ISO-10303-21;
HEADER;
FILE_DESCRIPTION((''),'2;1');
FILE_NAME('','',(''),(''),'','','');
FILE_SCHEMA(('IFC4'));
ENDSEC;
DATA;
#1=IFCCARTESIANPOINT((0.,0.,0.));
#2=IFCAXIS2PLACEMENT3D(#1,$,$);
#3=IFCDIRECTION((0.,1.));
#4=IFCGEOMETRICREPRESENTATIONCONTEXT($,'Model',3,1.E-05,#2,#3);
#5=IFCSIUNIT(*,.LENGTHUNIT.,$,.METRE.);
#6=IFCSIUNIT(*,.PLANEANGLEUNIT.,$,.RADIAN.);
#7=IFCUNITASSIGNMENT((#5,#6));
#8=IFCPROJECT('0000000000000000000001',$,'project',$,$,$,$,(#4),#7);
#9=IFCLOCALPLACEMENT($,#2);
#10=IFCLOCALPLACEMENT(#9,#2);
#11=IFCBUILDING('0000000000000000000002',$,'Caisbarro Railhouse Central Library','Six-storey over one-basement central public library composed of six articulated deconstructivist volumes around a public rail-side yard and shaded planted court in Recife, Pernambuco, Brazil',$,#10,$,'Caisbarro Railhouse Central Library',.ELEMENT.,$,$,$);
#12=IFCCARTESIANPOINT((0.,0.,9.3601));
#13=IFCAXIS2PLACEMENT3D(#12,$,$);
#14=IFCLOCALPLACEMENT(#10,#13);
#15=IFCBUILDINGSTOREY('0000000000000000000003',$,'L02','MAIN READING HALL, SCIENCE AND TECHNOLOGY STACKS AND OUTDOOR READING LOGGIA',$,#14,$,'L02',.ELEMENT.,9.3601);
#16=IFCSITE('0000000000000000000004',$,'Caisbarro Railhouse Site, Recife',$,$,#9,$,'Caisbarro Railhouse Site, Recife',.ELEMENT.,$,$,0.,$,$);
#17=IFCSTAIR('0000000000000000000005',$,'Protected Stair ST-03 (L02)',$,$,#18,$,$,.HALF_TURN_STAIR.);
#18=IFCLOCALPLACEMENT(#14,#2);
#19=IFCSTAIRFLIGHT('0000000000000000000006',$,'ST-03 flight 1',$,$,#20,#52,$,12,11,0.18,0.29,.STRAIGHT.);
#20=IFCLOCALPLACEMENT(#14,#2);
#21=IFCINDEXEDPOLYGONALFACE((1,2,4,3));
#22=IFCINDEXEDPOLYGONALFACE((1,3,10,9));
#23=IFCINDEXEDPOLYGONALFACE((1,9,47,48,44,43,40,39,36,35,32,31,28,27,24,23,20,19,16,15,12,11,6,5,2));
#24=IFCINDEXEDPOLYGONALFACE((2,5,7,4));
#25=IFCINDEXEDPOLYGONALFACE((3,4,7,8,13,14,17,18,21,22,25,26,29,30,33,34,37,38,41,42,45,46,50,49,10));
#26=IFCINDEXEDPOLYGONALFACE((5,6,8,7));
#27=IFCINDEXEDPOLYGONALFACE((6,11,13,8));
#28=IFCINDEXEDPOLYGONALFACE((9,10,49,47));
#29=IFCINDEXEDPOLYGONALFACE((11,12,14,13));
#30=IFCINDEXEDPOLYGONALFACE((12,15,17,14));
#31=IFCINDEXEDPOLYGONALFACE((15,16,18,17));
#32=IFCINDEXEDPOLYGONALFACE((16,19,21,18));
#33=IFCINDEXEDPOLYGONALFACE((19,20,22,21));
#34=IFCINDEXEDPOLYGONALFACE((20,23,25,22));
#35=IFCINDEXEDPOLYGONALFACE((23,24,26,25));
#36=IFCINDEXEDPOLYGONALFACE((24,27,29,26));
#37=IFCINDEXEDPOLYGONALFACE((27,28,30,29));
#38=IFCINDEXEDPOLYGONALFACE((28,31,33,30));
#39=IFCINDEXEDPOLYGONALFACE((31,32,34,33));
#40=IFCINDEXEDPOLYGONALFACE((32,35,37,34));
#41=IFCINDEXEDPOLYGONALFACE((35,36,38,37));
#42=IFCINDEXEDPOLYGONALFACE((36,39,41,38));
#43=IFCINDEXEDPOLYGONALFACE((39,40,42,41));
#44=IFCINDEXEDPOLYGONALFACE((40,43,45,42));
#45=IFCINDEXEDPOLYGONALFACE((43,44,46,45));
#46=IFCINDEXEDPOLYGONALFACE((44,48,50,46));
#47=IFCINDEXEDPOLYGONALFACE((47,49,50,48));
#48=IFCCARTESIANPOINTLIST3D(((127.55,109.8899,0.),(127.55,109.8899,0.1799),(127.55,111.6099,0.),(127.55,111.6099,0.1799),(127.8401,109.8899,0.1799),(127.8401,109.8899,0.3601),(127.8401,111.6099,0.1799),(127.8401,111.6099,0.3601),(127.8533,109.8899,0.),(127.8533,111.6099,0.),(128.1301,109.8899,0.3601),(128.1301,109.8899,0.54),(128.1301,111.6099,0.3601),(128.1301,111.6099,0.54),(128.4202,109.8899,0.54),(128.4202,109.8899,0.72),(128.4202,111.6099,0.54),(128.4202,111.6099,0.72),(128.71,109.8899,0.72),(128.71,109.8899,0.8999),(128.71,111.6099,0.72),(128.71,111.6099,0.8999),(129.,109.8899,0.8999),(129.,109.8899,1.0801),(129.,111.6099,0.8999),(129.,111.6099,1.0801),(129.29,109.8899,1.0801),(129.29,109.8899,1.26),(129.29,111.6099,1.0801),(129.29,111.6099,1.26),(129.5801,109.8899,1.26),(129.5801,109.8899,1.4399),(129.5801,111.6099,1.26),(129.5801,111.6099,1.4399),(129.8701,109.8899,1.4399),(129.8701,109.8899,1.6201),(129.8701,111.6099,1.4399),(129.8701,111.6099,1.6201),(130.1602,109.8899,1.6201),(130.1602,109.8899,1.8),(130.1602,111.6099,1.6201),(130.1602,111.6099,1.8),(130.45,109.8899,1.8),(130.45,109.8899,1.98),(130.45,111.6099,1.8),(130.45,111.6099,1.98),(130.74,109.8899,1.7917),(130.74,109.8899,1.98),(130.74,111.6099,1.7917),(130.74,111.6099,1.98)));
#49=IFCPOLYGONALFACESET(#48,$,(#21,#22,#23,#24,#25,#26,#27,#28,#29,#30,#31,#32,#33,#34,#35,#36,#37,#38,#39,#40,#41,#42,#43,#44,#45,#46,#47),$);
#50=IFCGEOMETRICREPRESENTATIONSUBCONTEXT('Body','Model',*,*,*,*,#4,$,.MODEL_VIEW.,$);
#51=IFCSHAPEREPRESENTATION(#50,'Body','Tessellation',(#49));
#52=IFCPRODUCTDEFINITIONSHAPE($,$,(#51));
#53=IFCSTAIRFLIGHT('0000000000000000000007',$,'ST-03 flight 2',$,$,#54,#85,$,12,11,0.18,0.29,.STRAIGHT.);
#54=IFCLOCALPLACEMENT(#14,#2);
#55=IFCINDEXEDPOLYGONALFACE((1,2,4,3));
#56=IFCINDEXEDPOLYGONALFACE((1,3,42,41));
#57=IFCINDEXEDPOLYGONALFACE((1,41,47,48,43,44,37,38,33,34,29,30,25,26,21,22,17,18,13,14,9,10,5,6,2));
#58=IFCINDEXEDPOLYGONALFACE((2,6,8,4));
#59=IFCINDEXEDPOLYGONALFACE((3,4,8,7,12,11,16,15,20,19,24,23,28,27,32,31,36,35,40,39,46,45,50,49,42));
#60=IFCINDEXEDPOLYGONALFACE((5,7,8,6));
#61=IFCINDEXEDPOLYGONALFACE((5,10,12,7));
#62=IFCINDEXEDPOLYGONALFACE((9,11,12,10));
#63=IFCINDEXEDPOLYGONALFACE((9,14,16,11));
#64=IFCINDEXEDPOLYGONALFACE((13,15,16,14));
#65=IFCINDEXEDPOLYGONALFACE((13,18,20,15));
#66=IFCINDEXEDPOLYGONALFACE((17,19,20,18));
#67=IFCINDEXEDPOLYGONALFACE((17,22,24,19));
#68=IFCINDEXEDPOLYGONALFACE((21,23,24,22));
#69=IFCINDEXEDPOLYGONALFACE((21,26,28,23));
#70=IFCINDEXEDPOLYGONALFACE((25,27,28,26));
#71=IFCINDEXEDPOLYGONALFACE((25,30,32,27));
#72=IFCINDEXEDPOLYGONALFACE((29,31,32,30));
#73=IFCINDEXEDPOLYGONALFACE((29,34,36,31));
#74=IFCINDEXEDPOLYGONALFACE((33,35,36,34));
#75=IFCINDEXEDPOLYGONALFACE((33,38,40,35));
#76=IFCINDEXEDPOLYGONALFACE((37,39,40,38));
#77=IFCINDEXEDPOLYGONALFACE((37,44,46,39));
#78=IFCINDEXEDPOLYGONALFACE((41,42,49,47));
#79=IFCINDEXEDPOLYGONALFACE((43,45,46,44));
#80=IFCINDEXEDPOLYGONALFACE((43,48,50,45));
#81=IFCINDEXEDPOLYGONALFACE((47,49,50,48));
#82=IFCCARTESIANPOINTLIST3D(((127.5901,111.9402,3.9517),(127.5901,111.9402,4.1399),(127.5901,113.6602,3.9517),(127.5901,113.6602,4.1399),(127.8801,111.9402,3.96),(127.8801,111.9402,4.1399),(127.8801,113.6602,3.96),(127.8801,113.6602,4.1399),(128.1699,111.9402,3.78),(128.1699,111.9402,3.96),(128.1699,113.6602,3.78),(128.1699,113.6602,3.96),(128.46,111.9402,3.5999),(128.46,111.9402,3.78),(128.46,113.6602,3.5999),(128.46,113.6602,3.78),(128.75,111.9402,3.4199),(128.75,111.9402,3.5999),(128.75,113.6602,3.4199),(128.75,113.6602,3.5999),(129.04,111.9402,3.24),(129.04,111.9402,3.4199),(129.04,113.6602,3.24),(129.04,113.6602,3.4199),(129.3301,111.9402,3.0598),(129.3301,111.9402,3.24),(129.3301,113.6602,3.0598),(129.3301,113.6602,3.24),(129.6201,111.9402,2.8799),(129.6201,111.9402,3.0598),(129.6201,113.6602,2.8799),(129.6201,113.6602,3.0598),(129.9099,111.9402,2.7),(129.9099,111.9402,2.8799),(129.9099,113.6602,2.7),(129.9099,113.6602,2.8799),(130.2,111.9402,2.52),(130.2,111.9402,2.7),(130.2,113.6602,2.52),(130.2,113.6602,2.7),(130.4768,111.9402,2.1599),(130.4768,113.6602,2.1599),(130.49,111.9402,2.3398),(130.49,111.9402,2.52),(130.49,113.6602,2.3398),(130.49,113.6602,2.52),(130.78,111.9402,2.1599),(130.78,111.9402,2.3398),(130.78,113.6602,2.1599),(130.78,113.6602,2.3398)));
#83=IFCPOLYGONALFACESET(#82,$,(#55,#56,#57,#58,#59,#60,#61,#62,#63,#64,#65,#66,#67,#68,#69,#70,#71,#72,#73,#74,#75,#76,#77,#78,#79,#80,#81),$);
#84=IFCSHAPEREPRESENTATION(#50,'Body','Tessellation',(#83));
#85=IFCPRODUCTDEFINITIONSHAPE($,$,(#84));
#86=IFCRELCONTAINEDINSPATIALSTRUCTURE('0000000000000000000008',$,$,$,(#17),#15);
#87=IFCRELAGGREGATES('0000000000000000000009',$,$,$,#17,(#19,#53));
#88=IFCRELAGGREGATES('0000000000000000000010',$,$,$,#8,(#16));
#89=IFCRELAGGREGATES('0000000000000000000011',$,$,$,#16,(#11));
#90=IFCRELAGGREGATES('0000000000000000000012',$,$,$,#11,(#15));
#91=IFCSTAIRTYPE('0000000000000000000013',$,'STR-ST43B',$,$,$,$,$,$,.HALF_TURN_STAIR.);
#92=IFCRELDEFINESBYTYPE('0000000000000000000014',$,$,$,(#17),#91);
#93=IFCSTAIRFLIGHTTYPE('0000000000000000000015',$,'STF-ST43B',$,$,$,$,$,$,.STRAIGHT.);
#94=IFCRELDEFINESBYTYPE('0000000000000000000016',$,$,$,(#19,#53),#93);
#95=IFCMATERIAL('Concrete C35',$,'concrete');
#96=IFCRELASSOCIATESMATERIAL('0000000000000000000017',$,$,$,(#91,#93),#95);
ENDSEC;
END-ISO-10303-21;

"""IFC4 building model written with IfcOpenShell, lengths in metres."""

from ifc_helpers import new_model, si_unit, direction, frame, origin, place, context, subcontext, project, spatial, polyline, outline, extrude, material, type_object, element, aggregate, save


model = new_model("IFC4")

# Units and contexts
model_context = context("Model", 3, precision=1e-05, world=origin(), true_north=direction((0.0, 1.0)))
body_context = subcontext(model_context, "Body", "Model", "MODEL_VIEW")
ifc_project = project(units=[si_unit("LENGTHUNIT", "METRE"), si_unit("PLANEANGLEUNIT", "RADIAN")], contexts=[model_context])

# Site, building, storey
site_placement = place(None, origin())
site = spatial("IfcSite", under=ifc_project, at=site_placement, Name="Caisbarro Railhouse Site, Recife", LongName="Caisbarro Railhouse Site, Recife", CompositionType="ELEMENT", RefElevation=0.0)
building_placement = place(site_placement, origin())
building = spatial("IfcBuilding", under=site, at=building_placement, Name="Caisbarro Railhouse Central Library", Description="Six-storey over one-basement central public library composed of six articulated deconstructivist volumes around a public rail-side yard and shaded planted court in Recife, Pernambuco, Brazil", LongName="Caisbarro Railhouse Central Library", CompositionType="ELEMENT")
storey_placement = place(building_placement, frame((0.0, 0.0, 9.3601)))
storey = spatial("IfcBuildingStorey", under=building, at=storey_placement, Name="L02", Description="MAIN READING HALL, SCIENCE AND TECHNOLOGY STACKS AND OUTDOOR READING LOGGIA", LongName="L02", CompositionType="ELEMENT", Elevation=9.3601)

# Stair, stair flights
ifc_material_1 = material(Name="Concrete C35", Category="concrete")
stair_type = type_object("IfcStairType", Name="STR-ST43B", PredefinedType="HALF_TURN_STAIR", material=ifc_material_1)
stair_placement = place(storey_placement, origin())
stair = element("IfcStair", 1, at=stair_placement, inside=storey, type_object=stair_type, Name="Protected Stair ST-03 (L02)", PredefinedType="HALF_TURN_STAIR")
stair_flight_type = type_object("IfcStairFlightType", Name="STF-ST43B", PredefinedType="STRAIGHT", material=ifc_material_1)
stair_flight_1_placement = place(storey_placement, frame((127.55, 110.75, 0.0), z_axis=(0.0, 0.0, 1.0), x_axis=(1.0, 0.0, 0.0)))
stair_flight_1 = element("IfcStairFlight", 2, at=stair_flight_1_placement, type_object=stair_flight_type, Name="ST-03 flight 1", NumberOfRisers=12, NumberOfTreads=11, PredefinedType="STRAIGHT", RiserHeight=0.18, TreadLength=0.29, context=body_context, shape_type="SweptSolid", body=[
    extrude(outline(polyline([(0.0, 0.0), (0.0, 0.1799), (0.29, 0.1799), (0.29, 0.3601), (0.5801, 0.3601), (0.5801, 0.54), (0.8701, 0.54), (0.8701, 0.72), (1.1599, 0.72), (1.1599, 0.8999), (1.45, 0.8999), (1.45, 1.0801), (1.74, 1.0801), (1.74, 1.26), (2.03, 1.26), (2.03, 1.4399), (2.3201, 1.4399), (2.3201, 1.6201), (2.6101, 1.6201), (2.6101, 1.8), (2.8999, 1.8), (2.8999, 1.98), (3.1899, 1.98), (3.1899, 2.1599), (3.1899, 1.7917), (0.3032, 0.0), (0.0, 0.0)])), frame((0.0, 0.8599, 0.0), z_axis=(0.0, -1.0, 0.0), x_axis=(1.0, 0.0, 0.0)), (0.0, 0.0, 1.0), 1.72),
])
stair_flight_2_placement = place(storey_placement, frame((130.78, 112.8, 2.1599), z_axis=(0.0, 0.0, 1.0), x_axis=(-1.0, 0.0, 0.0)))
stair_flight_2 = element("IfcStairFlight", 3, at=stair_flight_2_placement, type_object=stair_flight_type, Name="ST-03 flight 2", NumberOfRisers=12, NumberOfTreads=11, PredefinedType="STRAIGHT", RiserHeight=0.18, TreadLength=0.29, context=body_context, shape_type="SweptSolid", body=[
    extrude(outline(polyline([(0.0, 0.0), (0.0, 0.1799), (0.29, 0.1799), (0.29, 0.3601), (0.5801, 0.3601), (0.5801, 0.54), (0.8701, 0.54), (0.8701, 0.72), (1.1599, 0.72), (1.1599, 0.8999), (1.45, 0.8999), (1.45, 1.0801), (1.74, 1.0801), (1.74, 1.26), (2.03, 1.26), (2.03, 1.4399), (2.3201, 1.4399), (2.3201, 1.6201), (2.6101, 1.6201), (2.6101, 1.8), (2.8999, 1.8), (2.8999, 1.98), (3.1899, 1.98), (3.1899, 2.1599), (3.1899, 1.7917), (0.3032, 0.0), (0.0, 0.0)])), frame((0.0, 0.8599, 0.0), z_axis=(0.0, -1.0, 0.0), x_axis=(1.0, 0.0, 0.0)), (0.0, 0.0, 1.0), 1.72),
])
aggregate(stair, [stair_flight_1, stair_flight_2])

save(model, "model.ifc")
